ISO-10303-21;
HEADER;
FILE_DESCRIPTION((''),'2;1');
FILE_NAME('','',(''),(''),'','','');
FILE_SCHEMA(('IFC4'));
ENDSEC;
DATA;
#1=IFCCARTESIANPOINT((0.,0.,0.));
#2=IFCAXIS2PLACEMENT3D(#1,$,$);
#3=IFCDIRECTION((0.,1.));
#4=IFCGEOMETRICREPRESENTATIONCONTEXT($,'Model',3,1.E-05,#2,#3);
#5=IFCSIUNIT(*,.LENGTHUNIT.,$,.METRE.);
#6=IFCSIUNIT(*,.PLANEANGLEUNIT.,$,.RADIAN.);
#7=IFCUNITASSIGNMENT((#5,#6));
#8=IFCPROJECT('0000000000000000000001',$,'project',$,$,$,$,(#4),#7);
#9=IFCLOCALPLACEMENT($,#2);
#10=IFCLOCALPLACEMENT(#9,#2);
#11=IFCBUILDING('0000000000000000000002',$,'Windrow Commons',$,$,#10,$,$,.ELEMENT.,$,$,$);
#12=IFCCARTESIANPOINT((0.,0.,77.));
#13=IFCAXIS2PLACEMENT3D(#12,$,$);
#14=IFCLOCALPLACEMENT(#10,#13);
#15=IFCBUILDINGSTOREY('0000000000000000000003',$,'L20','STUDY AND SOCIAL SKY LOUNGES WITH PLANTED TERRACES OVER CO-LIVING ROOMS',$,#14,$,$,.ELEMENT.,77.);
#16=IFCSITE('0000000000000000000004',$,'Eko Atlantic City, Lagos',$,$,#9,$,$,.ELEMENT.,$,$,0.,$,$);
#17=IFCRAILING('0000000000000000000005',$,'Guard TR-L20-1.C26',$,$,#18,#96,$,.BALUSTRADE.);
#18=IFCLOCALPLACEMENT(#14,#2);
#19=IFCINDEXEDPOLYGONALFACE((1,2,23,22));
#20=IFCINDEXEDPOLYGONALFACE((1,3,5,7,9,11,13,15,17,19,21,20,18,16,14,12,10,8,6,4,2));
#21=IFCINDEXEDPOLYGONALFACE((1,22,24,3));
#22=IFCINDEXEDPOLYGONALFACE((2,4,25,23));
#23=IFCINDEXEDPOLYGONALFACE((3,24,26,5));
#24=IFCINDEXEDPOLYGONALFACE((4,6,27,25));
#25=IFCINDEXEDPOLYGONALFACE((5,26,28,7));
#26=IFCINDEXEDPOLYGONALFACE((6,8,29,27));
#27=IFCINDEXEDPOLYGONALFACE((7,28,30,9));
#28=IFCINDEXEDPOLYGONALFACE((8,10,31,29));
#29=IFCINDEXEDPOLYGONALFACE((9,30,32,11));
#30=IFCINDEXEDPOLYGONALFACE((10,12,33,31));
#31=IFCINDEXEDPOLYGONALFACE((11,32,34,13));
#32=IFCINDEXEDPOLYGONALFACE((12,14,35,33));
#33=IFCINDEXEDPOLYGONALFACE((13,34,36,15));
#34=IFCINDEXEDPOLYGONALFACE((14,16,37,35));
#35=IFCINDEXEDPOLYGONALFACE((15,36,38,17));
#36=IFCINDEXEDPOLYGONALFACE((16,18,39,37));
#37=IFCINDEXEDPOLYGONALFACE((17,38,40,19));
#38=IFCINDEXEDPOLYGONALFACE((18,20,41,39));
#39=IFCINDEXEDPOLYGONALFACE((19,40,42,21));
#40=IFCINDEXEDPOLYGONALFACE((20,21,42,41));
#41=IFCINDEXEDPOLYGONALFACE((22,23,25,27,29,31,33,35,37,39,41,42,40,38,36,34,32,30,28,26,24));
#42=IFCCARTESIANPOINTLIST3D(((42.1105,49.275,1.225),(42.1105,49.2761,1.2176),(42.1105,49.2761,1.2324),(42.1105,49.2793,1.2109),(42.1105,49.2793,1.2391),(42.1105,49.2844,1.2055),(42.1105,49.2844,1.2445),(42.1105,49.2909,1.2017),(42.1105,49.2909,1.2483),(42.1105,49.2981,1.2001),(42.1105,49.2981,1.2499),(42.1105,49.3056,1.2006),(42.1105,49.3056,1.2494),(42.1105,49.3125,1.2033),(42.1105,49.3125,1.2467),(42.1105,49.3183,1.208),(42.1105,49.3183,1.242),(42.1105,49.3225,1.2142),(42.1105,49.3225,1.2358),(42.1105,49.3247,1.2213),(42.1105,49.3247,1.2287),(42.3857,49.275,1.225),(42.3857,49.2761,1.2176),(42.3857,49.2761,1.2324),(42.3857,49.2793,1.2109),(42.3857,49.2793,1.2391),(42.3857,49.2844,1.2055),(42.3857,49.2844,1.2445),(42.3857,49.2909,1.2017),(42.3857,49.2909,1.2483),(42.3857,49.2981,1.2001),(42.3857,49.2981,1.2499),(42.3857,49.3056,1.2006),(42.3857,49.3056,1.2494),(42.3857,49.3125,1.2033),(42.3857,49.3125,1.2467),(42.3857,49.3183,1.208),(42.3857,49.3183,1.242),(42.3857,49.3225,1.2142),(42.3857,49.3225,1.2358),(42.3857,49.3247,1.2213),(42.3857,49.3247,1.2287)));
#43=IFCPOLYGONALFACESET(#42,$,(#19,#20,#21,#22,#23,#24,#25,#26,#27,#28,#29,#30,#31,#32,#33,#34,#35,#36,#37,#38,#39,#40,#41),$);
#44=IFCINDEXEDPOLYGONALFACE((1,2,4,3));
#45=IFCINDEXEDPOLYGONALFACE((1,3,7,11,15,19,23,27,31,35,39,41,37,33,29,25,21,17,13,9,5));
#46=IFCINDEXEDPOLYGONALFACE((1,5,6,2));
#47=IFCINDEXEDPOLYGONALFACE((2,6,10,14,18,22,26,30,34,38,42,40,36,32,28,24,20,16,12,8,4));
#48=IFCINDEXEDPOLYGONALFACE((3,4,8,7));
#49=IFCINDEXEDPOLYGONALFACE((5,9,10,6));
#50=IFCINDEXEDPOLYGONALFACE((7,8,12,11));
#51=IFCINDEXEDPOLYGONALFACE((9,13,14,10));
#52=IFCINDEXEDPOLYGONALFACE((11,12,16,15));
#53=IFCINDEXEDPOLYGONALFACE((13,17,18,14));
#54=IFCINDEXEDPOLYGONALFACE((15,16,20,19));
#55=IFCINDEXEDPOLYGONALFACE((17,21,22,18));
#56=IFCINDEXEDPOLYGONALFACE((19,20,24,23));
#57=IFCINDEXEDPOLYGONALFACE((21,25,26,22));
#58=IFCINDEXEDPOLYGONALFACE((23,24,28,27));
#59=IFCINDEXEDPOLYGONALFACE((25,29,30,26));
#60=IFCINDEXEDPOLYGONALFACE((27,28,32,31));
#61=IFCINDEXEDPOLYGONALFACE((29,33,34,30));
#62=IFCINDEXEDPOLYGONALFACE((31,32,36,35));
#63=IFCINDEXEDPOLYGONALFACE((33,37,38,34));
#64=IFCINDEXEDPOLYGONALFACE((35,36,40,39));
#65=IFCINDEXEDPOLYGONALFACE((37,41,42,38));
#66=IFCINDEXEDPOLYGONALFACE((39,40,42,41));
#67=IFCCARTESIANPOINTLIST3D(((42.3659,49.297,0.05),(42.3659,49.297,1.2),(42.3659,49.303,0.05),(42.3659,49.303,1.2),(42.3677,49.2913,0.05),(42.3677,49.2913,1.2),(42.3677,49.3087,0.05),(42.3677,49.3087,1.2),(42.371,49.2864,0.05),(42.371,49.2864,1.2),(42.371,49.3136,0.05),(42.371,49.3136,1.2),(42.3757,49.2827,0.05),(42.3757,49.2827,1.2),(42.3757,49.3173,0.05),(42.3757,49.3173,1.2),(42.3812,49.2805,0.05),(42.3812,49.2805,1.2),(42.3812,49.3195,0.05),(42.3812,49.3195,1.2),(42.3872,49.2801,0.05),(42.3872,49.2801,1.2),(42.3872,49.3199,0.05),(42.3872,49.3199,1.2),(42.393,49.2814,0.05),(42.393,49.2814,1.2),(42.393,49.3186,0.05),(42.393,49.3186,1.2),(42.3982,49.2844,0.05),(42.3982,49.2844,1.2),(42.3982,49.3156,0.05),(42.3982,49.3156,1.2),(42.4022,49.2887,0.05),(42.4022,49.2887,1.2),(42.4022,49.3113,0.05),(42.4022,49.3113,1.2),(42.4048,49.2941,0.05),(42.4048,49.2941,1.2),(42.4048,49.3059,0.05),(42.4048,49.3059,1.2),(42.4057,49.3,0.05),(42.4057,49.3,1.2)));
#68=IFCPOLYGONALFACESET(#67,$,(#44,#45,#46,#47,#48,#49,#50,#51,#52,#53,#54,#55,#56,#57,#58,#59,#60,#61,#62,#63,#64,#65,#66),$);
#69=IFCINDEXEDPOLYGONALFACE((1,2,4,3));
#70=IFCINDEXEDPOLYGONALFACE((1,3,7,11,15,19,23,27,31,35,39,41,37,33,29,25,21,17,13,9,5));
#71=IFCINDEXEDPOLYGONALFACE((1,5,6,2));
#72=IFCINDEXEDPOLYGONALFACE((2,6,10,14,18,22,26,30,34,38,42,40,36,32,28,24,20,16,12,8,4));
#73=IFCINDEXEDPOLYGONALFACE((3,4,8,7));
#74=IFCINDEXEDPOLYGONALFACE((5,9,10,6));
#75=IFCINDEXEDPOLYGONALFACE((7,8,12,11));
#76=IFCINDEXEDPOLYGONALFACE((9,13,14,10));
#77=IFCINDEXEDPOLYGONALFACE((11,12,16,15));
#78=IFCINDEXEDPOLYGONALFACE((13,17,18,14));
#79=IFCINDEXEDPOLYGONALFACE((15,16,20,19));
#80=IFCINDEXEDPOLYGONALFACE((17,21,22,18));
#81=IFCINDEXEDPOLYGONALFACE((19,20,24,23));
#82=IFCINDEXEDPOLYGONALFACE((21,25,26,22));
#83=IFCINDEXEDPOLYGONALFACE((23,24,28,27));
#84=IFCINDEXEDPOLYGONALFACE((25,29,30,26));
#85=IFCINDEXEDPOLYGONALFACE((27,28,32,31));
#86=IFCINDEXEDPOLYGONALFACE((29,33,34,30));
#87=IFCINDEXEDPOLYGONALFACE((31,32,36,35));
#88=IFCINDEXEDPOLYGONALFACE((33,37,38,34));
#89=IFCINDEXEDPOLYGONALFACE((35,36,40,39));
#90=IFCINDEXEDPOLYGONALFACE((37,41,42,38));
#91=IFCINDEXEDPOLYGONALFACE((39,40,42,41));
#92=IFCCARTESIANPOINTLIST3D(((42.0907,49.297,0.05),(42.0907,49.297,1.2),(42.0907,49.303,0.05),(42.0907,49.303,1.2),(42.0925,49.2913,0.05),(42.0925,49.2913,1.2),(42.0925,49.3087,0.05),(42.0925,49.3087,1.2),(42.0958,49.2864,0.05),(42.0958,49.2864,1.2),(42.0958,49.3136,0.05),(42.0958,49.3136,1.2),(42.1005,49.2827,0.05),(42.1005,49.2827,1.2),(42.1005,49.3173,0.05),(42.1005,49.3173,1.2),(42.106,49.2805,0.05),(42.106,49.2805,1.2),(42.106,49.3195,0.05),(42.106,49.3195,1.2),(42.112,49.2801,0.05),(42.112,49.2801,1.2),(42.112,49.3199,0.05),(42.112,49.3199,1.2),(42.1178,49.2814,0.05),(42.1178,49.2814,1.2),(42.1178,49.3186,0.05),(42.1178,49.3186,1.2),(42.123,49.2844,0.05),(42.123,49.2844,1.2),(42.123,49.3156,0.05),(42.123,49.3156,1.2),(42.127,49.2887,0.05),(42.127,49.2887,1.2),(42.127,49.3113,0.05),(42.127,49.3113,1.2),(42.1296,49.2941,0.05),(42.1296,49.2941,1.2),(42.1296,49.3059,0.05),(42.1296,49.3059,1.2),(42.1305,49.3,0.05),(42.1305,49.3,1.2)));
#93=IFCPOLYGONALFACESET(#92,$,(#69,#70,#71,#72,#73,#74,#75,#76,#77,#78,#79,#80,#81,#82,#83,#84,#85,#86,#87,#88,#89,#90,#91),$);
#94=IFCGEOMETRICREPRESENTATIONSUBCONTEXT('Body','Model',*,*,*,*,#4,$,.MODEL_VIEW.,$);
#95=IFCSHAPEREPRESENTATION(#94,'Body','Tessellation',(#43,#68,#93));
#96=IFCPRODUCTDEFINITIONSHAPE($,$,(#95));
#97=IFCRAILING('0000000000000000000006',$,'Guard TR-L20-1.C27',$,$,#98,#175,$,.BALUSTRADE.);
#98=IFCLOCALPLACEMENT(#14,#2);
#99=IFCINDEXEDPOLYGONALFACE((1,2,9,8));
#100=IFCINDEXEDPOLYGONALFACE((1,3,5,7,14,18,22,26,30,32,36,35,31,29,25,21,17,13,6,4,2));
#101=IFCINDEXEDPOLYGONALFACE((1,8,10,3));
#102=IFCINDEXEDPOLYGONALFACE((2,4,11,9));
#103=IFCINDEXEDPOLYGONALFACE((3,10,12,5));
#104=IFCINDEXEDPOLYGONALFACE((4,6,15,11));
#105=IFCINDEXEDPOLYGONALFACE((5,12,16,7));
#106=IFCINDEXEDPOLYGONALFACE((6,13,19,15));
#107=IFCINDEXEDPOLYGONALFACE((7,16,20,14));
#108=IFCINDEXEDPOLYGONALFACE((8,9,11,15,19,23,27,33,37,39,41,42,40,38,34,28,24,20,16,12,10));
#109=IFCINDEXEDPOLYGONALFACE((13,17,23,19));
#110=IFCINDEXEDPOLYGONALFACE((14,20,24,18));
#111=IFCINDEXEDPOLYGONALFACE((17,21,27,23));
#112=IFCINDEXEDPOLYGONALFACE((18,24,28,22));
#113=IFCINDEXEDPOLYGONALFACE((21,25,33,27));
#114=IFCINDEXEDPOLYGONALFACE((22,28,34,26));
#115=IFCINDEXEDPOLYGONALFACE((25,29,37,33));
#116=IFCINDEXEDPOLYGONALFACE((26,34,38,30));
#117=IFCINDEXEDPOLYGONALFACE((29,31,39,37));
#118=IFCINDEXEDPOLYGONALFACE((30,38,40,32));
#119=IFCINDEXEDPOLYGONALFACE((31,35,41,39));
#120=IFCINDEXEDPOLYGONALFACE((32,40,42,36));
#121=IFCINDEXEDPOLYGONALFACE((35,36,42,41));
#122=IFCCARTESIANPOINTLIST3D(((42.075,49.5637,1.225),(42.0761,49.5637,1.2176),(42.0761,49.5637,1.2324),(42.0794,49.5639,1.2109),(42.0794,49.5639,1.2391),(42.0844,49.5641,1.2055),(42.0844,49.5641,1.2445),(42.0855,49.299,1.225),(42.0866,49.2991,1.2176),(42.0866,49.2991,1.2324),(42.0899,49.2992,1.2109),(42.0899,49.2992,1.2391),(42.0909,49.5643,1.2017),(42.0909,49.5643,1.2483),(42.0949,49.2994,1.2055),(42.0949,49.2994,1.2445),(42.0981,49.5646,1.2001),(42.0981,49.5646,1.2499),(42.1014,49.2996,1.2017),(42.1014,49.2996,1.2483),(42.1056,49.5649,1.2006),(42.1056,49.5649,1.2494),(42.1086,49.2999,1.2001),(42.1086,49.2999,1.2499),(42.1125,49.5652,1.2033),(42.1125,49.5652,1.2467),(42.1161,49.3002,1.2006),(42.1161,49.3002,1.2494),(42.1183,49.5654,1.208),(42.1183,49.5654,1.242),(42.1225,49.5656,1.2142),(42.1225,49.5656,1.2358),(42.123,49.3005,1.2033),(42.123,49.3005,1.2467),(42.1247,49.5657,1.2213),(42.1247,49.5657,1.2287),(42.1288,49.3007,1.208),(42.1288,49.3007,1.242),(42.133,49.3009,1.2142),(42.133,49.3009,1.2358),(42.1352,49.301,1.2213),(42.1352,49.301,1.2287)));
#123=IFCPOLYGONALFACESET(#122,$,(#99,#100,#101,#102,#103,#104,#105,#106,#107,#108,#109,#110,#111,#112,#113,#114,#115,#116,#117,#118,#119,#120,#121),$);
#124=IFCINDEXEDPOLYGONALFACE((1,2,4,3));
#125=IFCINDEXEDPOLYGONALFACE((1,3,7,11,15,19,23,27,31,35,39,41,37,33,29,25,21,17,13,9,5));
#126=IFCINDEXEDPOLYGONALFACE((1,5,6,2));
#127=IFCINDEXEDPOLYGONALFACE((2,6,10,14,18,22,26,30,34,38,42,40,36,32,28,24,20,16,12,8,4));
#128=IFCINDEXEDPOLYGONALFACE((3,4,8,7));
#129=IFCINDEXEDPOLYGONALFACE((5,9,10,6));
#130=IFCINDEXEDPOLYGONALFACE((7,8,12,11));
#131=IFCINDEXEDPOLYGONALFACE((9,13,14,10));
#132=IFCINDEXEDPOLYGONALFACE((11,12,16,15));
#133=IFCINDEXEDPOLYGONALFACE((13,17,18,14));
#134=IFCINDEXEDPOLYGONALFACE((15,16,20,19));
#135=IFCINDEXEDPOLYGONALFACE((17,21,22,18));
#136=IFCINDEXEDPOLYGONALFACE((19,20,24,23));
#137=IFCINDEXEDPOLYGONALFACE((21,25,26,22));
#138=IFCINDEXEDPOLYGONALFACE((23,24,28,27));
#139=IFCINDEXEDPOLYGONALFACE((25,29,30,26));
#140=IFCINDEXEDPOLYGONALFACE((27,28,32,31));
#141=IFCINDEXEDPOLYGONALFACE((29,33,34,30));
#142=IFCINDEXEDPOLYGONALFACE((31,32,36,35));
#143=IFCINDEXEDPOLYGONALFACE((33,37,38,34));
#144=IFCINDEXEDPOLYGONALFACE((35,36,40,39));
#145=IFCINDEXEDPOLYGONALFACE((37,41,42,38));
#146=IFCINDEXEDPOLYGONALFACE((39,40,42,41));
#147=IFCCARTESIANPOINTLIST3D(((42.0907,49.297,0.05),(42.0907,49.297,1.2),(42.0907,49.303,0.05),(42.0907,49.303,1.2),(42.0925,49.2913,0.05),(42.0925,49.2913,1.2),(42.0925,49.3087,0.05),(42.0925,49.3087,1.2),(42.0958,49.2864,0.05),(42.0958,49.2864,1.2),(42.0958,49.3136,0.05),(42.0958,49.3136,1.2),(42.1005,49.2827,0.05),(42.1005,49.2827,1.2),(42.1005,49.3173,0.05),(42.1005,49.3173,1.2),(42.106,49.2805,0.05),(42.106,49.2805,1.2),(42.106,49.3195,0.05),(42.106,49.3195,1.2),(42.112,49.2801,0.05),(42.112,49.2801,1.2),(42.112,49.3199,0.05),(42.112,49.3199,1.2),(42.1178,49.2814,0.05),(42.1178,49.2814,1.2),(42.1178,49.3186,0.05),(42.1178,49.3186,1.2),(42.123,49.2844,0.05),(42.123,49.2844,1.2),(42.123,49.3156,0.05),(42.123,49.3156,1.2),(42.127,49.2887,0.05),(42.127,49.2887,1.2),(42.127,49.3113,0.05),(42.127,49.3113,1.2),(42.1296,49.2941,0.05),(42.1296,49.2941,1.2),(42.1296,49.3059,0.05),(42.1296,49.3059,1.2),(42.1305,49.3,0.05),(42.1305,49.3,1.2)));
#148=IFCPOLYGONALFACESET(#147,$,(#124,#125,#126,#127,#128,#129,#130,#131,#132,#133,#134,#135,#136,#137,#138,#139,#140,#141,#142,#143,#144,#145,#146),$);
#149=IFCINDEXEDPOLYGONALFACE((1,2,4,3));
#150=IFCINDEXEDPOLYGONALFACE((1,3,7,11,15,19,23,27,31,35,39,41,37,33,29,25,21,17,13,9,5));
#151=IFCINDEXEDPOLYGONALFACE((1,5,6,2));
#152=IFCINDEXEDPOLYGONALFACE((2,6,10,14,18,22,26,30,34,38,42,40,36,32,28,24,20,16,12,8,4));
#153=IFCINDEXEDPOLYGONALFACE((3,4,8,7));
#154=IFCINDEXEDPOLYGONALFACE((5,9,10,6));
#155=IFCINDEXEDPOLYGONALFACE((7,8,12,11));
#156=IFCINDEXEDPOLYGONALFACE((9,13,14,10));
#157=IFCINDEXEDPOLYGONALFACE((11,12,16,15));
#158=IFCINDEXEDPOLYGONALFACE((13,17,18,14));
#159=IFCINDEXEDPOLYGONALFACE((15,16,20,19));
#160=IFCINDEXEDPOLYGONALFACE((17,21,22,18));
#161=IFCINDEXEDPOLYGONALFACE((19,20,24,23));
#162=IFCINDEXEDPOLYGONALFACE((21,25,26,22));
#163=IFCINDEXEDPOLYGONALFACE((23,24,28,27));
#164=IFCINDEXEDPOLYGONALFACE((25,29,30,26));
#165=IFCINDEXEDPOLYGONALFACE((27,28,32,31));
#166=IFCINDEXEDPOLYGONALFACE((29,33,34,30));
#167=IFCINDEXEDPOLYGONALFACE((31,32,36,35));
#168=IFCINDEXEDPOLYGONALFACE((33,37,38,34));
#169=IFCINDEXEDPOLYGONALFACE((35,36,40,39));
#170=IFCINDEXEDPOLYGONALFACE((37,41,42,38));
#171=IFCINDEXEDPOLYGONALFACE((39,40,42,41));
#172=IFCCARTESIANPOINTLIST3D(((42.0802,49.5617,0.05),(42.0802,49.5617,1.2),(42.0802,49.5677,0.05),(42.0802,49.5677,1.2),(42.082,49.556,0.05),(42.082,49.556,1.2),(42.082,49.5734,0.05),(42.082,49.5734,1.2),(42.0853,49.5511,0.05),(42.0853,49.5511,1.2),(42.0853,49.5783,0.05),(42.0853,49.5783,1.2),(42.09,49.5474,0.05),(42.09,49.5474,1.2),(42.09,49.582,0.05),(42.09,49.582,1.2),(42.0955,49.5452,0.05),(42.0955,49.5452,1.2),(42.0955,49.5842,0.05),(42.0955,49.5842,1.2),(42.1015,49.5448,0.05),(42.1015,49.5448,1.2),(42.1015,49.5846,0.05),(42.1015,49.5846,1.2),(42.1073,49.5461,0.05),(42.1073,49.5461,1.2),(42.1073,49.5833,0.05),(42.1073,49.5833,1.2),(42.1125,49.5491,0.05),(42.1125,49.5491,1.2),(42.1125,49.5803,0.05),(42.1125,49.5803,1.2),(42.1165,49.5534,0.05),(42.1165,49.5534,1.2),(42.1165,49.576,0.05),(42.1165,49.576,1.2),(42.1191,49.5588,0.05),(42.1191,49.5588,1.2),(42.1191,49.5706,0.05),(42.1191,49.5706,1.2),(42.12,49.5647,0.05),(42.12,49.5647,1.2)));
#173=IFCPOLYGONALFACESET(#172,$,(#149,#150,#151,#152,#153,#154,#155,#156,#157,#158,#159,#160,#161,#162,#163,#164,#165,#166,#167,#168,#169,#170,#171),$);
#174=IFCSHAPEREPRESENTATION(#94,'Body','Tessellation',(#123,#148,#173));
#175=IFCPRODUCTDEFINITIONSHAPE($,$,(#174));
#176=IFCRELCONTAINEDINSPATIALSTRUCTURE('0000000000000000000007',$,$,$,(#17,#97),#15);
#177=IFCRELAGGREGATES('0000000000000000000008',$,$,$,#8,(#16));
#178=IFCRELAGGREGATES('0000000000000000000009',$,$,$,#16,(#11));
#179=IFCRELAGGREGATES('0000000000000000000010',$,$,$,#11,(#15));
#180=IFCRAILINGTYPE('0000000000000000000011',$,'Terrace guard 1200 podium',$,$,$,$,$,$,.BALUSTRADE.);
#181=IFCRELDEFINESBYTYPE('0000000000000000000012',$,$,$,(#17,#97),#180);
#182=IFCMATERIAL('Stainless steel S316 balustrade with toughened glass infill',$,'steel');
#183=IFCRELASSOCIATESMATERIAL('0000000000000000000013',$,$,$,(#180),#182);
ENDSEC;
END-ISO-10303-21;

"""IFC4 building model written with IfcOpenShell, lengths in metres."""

from ifc_helpers import new_model, si_unit, direction, frame, origin, origin_2d, place, context, subcontext, project, spatial, circle, extrude, material, type_object, element, save


model = new_model("IFC4")

# Units and contexts
model_context = context("Model", 3, precision=1e-05, world=origin(), true_north=direction((0.0, 1.0)))
body_context = subcontext(model_context, "Body", "Model", "MODEL_VIEW")
ifc_project = project(units=[si_unit("LENGTHUNIT", "METRE"), si_unit("PLANEANGLEUNIT", "RADIAN")], contexts=[model_context])

# Site, building, storey
site_placement = place(None, origin())
site = spatial("IfcSite", under=ifc_project, at=site_placement, Name="Eko Atlantic City, Lagos", CompositionType="ELEMENT", RefElevation=0.0)
building_placement = place(site_placement, origin())
building = spatial("IfcBuilding", under=site, at=building_placement, Name="Windrow Commons", CompositionType="ELEMENT")
storey_placement = place(building_placement, frame((0.0, 0.0, 77.0)))
storey = spatial("IfcBuildingStorey", under=building, at=storey_placement, Name="L20", Description="STUDY AND SOCIAL SKY LOUNGES WITH PLANTED TERRACES OVER CO-LIVING ROOMS", CompositionType="ELEMENT", Elevation=77.0)

# Railings
ifc_material_1 = material(Name="Stainless steel S316 balustrade with toughened glass infill", Category="steel")
railing_type = type_object("IfcRailingType", Name="Terrace guard 1200 podium", PredefinedType="BALUSTRADE", material=ifc_material_1)
railing_1_placement = place(storey_placement, frame((42.3857, 49.3, 0.05)))
element("IfcRailing", 1, at=railing_1_placement, inside=storey, type_object=railing_type, Name="Guard TR-L20-1.C26", PredefinedType="BALUSTRADE", context=body_context, shape_type="SweptSolid", body=[
    extrude(circle(Radius=0.025, at=origin_2d()), frame((0.0, 0.0, 1.175), z_axis=(-1.0, 0.0, 0.0), x_axis=(0.0, -1.0, 0.0)), (0.0, 0.0, 1.0), 0.2752),
    extrude(circle(Radius=0.02, at=origin_2d()), origin(), (0.0, 0.0, 1.0), 1.15),
    extrude(circle(Radius=0.02, at=origin_2d()), frame((-0.2752, 0.0, 0.0)), (0.0, 0.0, 1.0), 1.15),
])
railing_2_placement = place(storey_placement, frame((42.1105, 49.3, 0.05)))
element("IfcRailing", 2, at=railing_2_placement, inside=storey, type_object=railing_type, Name="Guard TR-L20-1.C27", PredefinedType="BALUSTRADE", context=body_context, shape_type="SweptSolid", body=[
    extrude(circle(Radius=0.025, at=origin_2d()), frame((0.0, 0.0, 1.175), z_axis=(-0.039636, 0.999214, 0.0), x_axis=(-0.999214, -0.039636, 0.0)), (0.0, 0.0, 1.0), 0.2649),
    extrude(circle(Radius=0.02, at=origin_2d()), origin(), (0.0, 0.0, 1.0), 1.15),
    extrude(circle(Radius=0.02, at=origin_2d()), frame((-0.0105, 0.2647, 0.0)), (0.0, 0.0, 1.0), 1.15),
])

save(model, "model.ifc")
